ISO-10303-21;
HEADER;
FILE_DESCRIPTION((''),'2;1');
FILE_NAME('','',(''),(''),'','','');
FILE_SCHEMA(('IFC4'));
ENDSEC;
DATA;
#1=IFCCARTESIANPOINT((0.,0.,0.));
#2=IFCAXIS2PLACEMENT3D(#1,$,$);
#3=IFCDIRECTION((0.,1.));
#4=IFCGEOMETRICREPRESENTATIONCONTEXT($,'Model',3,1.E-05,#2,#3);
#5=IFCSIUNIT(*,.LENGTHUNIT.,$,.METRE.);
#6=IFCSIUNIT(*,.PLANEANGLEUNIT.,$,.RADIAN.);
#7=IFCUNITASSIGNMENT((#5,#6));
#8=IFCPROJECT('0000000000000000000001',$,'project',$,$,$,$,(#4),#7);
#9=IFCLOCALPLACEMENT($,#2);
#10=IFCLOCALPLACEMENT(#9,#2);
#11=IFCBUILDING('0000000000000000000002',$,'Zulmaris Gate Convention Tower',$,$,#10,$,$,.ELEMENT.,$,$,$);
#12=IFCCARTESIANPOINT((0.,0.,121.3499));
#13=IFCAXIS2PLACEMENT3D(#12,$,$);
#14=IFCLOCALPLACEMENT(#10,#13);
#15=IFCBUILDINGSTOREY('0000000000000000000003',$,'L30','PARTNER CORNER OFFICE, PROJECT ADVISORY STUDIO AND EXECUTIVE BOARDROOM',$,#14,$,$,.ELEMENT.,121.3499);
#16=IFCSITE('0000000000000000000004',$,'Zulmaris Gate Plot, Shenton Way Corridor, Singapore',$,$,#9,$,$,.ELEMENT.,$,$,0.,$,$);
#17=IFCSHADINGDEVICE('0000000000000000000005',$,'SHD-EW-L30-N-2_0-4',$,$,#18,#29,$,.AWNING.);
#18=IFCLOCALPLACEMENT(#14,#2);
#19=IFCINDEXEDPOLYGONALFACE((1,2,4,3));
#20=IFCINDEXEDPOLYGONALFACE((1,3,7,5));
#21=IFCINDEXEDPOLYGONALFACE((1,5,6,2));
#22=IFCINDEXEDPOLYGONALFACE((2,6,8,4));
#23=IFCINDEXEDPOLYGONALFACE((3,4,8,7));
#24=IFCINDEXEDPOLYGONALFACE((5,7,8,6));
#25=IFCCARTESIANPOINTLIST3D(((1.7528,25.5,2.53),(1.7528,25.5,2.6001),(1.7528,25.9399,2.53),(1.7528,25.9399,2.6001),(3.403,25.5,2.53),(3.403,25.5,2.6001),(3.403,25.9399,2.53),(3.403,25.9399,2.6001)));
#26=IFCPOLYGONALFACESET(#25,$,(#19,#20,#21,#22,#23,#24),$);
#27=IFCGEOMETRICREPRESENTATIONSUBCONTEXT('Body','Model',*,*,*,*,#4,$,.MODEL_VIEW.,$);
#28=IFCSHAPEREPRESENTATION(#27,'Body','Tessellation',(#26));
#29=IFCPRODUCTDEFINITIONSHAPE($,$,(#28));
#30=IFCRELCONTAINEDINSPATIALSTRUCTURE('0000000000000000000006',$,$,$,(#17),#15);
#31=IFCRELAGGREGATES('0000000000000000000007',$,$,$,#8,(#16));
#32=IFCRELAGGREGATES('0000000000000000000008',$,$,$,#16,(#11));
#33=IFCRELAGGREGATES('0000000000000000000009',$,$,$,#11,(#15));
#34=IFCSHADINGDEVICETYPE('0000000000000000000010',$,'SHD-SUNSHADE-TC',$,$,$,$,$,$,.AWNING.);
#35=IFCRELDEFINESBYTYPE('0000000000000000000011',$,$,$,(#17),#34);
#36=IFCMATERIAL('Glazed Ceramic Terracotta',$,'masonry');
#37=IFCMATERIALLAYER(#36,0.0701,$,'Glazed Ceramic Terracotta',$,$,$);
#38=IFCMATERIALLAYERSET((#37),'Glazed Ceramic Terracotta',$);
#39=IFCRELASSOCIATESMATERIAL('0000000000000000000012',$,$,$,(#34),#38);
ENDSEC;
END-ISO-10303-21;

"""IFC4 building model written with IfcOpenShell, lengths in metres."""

from ifc_helpers import new_model, si_unit, direction, frame, frame_2d, origin, place, context, subcontext, project, spatial, rectangle, extrude, material, layer, layer_set, type_object, element, save


model = new_model("IFC4")

# Units and contexts
model_context = context("Model", 3, precision=1e-05, world=origin(), true_north=direction((0.0, 1.0)))
body_context = subcontext(model_context, "Body", "Model", "MODEL_VIEW")
ifc_project = project(units=[si_unit("LENGTHUNIT", "METRE"), si_unit("PLANEANGLEUNIT", "RADIAN")], contexts=[model_context])

# Site, building, storey
site_placement = place(None, origin())
site = spatial("IfcSite", under=ifc_project, at=site_placement, Name="Zulmaris Gate Plot, Shenton Way Corridor, Singapore", CompositionType="ELEMENT", RefElevation=0.0)
building_placement = place(site_placement, origin())
building = spatial("IfcBuilding", under=site, at=building_placement, Name="Zulmaris Gate Convention Tower", CompositionType="ELEMENT")
storey_placement = place(building_placement, frame((0.0, 0.0, 121.3499)))
storey = spatial("IfcBuildingStorey", under=building, at=storey_placement, Name="L30", Description="PARTNER CORNER OFFICE, PROJECT ADVISORY STUDIO AND EXECUTIVE BOARDROOM", CompositionType="ELEMENT", Elevation=121.3499)

# Shading device
ifc_material_1 = material(Name="Glazed Ceramic Terracotta", Category="masonry")
ifc_layer_1 = layer(ifc_material_1, 0.0701, Name="Glazed Ceramic Terracotta")
ifc_layer_set_1 = layer_set([ifc_layer_1], Name="Glazed Ceramic Terracotta")
shading_device_type = type_object("IfcShadingDeviceType", Name="SHD-SUNSHADE-TC", PredefinedType="AWNING", material=ifc_layer_set_1)
for number, where, z_axis, x_axis, name in (
    (1, (3.4031, 25.72, 2.53), (0.0, 0.0, 1.0), (-1.0, 0.0, 0.0), "SHD-EW-L30-N-2_0-4"),
):
    element("IfcShadingDevice", number, at=place(storey_placement, frame(where, z_axis=z_axis, x_axis=x_axis)), inside=storey, type_object=shading_device_type, Name=name, PredefinedType="AWNING", context=body_context, shape_type="SweptSolid", body=[
        extrude(rectangle(XDim=1.6501, YDim=0.4399, at=frame_2d((0.8252, 0.0))), origin(), (0.0, 0.0, 1.0), 0.0701),
    ])

save(model, "model.ifc")
